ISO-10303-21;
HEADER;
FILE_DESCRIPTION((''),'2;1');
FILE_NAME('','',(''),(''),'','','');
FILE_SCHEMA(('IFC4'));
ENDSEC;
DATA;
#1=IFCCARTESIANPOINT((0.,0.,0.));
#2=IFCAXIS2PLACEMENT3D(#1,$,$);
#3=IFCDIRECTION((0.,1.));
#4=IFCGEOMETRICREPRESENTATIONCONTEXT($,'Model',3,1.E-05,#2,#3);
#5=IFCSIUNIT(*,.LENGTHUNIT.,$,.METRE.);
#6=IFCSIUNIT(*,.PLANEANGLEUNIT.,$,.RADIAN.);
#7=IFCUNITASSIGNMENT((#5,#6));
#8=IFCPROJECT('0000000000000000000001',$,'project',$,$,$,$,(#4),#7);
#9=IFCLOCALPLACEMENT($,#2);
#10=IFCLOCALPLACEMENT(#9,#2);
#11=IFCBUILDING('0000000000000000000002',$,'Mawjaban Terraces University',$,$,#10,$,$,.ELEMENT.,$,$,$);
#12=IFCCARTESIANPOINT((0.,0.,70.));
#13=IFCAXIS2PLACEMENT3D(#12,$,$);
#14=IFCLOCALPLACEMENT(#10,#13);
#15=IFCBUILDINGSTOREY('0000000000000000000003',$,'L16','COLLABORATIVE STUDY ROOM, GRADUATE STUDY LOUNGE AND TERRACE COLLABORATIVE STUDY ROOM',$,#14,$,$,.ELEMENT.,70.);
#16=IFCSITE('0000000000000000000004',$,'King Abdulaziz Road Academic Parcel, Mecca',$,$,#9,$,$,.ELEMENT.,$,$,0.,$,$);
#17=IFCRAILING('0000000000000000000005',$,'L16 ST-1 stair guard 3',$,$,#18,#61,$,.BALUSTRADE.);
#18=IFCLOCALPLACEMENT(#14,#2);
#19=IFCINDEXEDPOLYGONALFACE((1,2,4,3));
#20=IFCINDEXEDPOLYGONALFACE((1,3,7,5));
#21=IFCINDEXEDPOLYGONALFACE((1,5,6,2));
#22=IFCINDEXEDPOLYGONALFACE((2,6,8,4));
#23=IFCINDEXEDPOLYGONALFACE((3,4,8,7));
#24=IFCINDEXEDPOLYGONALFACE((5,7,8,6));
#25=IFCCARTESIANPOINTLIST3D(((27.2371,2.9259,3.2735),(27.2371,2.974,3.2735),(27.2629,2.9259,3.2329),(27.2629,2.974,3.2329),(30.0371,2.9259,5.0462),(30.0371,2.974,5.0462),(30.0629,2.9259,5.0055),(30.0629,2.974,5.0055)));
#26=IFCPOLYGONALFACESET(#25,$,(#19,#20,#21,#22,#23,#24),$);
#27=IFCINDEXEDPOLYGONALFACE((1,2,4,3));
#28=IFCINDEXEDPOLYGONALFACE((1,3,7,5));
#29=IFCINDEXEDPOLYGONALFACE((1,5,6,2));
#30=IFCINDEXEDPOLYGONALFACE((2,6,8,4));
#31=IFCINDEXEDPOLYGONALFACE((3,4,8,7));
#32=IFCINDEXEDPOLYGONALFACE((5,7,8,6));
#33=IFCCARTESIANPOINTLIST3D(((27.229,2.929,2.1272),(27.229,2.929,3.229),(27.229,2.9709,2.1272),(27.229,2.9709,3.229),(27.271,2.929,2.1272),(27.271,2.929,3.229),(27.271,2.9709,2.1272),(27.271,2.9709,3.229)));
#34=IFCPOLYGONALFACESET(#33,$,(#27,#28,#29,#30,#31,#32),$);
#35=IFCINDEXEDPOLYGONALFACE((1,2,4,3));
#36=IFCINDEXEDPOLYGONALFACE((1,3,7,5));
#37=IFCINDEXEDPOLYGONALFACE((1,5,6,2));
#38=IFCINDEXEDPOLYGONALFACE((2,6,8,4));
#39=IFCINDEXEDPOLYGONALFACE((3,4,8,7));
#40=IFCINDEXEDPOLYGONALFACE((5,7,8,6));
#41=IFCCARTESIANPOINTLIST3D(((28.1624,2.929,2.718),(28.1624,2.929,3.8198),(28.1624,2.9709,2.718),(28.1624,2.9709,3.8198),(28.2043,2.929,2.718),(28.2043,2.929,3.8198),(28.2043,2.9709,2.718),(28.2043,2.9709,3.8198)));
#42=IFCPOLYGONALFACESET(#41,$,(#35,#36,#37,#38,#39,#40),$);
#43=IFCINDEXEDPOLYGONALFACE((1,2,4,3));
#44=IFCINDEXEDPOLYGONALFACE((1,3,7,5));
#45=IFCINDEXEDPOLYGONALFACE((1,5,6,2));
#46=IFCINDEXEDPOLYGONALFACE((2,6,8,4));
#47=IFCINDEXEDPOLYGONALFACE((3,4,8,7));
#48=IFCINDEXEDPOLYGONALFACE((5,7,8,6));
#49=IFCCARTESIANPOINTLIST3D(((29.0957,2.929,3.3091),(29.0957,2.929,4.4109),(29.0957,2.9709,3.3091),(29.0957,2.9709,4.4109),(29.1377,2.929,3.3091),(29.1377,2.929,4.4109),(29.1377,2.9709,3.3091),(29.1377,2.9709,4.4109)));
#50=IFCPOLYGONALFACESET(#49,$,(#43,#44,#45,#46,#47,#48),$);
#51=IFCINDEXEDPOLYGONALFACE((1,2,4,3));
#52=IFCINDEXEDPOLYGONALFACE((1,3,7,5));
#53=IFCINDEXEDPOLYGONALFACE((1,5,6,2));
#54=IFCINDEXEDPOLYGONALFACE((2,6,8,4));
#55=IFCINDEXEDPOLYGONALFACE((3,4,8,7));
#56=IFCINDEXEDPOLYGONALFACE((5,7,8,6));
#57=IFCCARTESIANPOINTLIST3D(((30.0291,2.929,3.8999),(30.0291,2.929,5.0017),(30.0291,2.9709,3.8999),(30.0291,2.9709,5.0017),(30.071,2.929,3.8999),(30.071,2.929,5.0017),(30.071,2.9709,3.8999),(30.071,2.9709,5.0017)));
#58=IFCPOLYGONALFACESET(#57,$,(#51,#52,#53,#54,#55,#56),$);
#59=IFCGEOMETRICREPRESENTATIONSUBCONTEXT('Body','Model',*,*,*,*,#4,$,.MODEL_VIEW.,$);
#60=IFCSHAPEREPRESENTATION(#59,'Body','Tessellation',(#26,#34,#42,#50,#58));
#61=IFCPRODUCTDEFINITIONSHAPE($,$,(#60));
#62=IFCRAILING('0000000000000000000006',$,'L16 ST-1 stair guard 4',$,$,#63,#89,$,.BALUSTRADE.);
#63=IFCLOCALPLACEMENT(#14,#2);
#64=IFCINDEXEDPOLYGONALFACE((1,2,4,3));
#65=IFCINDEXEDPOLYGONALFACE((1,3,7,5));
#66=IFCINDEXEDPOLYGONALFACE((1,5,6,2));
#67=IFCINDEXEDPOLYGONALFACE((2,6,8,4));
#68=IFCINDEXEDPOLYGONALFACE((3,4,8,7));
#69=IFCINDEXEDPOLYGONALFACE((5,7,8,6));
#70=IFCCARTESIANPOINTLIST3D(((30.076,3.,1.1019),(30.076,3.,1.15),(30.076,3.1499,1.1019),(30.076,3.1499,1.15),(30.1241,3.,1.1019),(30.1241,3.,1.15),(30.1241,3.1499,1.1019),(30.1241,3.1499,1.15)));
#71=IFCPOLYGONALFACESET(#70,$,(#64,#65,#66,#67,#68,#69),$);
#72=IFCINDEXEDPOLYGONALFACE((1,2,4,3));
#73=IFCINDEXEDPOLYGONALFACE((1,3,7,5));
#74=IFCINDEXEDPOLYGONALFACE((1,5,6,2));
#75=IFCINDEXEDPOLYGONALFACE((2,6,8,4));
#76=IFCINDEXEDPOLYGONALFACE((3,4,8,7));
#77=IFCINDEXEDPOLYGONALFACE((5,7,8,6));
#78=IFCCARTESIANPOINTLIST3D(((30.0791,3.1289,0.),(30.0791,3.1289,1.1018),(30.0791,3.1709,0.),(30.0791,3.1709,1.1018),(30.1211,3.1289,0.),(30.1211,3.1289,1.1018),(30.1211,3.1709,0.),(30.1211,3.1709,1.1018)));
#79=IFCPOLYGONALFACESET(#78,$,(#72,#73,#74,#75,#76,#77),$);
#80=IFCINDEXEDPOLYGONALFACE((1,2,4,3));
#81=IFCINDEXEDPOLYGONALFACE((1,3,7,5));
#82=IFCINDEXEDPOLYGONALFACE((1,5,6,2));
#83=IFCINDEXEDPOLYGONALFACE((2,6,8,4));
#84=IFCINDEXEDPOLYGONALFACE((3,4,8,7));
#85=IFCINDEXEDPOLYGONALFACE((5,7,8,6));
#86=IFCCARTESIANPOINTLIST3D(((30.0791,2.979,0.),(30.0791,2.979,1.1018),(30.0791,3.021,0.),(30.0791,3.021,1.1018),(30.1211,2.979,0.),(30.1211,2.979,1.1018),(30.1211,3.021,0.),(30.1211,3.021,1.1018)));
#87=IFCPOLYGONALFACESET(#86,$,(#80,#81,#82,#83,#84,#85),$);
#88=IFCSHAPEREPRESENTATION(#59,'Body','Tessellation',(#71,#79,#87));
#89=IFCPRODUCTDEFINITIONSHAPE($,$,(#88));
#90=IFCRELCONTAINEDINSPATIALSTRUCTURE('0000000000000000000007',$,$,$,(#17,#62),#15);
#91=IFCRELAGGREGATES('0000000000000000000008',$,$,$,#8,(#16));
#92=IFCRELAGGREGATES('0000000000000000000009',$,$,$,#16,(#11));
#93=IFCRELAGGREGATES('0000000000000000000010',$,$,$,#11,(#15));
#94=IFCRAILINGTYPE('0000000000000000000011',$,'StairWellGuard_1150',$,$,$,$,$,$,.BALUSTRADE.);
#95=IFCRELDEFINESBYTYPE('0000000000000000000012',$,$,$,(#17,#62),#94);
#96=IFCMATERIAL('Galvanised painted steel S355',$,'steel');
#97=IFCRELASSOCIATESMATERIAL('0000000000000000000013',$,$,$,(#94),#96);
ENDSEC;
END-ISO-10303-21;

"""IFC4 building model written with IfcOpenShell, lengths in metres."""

from ifc_helpers import new_model, si_unit, direction, frame, origin, origin_2d, place, context, subcontext, project, spatial, rectangle, extrude, material, type_object, element, save


model = new_model("IFC4")

# Units and contexts
model_context = context("Model", 3, precision=1e-05, world=origin(), true_north=direction((0.0, 1.0)))
body_context = subcontext(model_context, "Body", "Model", "MODEL_VIEW")
ifc_project = project(units=[si_unit("LENGTHUNIT", "METRE"), si_unit("PLANEANGLEUNIT", "RADIAN")], contexts=[model_context])

# Site, building, storey
site_placement = place(None, origin())
site = spatial("IfcSite", under=ifc_project, at=site_placement, Name="King Abdulaziz Road Academic Parcel, Mecca", CompositionType="ELEMENT", RefElevation=0.0)
building_placement = place(site_placement, origin())
building = spatial("IfcBuilding", under=site, at=building_placement, Name="Mawjaban Terraces University", CompositionType="ELEMENT")
storey_placement = place(building_placement, frame((0.0, 0.0, 70.0)))
storey = spatial("IfcBuildingStorey", under=building, at=storey_placement, Name="L16", Description="COLLABORATIVE STUDY ROOM, GRADUATE STUDY LOUNGE AND TERRACE COLLABORATIVE STUDY ROOM", CompositionType="ELEMENT", Elevation=70.0)

# Railings
ifc_material_1 = material(Name="Galvanised painted steel S355", Category="steel")
railing_type_1 = type_object("IfcRailingType", Name="StairWellGuard_1150", PredefinedType="BALUSTRADE", material=ifc_material_1)
railing_1_placement = place(storey_placement, frame((27.25, 2.95, 2.1272)))
element("IfcRailing", 1, at=railing_1_placement, inside=storey, type_object=railing_type_1, Name="L16 ST-1 stair guard 3", PredefinedType="BALUSTRADE", context=body_context, shape_type="SweptSolid", body=[
    extrude(rectangle(XDim=0.0481, YDim=0.0481, at=origin_2d()), frame((0.0, 0.0, 1.126), z_axis=(0.844909, 0.0, 0.53491), x_axis=(0.0, 1.0, 0.0)), (0.0, 0.0, 1.0), 3.314),
    extrude(rectangle(XDim=0.042, YDim=0.042, at=origin_2d()), origin(), (0.0, 0.0, 1.0), 1.1018),
    extrude(rectangle(XDim=0.042, YDim=0.042, at=origin_2d()), frame((0.9333, 0.0, 0.5908)), (0.0, 0.0, 1.0), 1.1018),
    extrude(rectangle(XDim=0.042, YDim=0.042, at=origin_2d()), frame((1.8667, 0.0, 1.1819)), (0.0, 0.0, 1.0), 1.1018),
    extrude(rectangle(XDim=0.042, YDim=0.042, at=origin_2d()), frame((2.8, 0.0, 1.7727)), (0.0, 0.0, 1.0), 1.1018),
])
railing_2_placement = place(storey_placement, frame((30.1001, 3.1499, 0.0)))
element("IfcRailing", 2, at=railing_2_placement, inside=storey, type_object=railing_type_1, Name="L16 ST-1 stair guard 4", PredefinedType="BALUSTRADE", context=body_context, shape_type="SweptSolid", body=[
    extrude(rectangle(XDim=0.0481, YDim=0.0481, at=origin_2d()), frame((0.0, 0.0, 1.126), z_axis=(0.0, -1.0, 0.0), x_axis=(1.0, 0.0, 0.0)), (0.0, 0.0, 1.0), 0.1499),
    extrude(rectangle(XDim=0.042, YDim=0.042, at=origin_2d()), origin(), (0.0, 0.0, 1.0), 1.1018),
    extrude(rectangle(XDim=0.042, YDim=0.042, at=origin_2d()), frame((0.0, -0.1499, 0.0)), (0.0, 0.0, 1.0), 1.1018),
])

save(model, "model.ifc")
